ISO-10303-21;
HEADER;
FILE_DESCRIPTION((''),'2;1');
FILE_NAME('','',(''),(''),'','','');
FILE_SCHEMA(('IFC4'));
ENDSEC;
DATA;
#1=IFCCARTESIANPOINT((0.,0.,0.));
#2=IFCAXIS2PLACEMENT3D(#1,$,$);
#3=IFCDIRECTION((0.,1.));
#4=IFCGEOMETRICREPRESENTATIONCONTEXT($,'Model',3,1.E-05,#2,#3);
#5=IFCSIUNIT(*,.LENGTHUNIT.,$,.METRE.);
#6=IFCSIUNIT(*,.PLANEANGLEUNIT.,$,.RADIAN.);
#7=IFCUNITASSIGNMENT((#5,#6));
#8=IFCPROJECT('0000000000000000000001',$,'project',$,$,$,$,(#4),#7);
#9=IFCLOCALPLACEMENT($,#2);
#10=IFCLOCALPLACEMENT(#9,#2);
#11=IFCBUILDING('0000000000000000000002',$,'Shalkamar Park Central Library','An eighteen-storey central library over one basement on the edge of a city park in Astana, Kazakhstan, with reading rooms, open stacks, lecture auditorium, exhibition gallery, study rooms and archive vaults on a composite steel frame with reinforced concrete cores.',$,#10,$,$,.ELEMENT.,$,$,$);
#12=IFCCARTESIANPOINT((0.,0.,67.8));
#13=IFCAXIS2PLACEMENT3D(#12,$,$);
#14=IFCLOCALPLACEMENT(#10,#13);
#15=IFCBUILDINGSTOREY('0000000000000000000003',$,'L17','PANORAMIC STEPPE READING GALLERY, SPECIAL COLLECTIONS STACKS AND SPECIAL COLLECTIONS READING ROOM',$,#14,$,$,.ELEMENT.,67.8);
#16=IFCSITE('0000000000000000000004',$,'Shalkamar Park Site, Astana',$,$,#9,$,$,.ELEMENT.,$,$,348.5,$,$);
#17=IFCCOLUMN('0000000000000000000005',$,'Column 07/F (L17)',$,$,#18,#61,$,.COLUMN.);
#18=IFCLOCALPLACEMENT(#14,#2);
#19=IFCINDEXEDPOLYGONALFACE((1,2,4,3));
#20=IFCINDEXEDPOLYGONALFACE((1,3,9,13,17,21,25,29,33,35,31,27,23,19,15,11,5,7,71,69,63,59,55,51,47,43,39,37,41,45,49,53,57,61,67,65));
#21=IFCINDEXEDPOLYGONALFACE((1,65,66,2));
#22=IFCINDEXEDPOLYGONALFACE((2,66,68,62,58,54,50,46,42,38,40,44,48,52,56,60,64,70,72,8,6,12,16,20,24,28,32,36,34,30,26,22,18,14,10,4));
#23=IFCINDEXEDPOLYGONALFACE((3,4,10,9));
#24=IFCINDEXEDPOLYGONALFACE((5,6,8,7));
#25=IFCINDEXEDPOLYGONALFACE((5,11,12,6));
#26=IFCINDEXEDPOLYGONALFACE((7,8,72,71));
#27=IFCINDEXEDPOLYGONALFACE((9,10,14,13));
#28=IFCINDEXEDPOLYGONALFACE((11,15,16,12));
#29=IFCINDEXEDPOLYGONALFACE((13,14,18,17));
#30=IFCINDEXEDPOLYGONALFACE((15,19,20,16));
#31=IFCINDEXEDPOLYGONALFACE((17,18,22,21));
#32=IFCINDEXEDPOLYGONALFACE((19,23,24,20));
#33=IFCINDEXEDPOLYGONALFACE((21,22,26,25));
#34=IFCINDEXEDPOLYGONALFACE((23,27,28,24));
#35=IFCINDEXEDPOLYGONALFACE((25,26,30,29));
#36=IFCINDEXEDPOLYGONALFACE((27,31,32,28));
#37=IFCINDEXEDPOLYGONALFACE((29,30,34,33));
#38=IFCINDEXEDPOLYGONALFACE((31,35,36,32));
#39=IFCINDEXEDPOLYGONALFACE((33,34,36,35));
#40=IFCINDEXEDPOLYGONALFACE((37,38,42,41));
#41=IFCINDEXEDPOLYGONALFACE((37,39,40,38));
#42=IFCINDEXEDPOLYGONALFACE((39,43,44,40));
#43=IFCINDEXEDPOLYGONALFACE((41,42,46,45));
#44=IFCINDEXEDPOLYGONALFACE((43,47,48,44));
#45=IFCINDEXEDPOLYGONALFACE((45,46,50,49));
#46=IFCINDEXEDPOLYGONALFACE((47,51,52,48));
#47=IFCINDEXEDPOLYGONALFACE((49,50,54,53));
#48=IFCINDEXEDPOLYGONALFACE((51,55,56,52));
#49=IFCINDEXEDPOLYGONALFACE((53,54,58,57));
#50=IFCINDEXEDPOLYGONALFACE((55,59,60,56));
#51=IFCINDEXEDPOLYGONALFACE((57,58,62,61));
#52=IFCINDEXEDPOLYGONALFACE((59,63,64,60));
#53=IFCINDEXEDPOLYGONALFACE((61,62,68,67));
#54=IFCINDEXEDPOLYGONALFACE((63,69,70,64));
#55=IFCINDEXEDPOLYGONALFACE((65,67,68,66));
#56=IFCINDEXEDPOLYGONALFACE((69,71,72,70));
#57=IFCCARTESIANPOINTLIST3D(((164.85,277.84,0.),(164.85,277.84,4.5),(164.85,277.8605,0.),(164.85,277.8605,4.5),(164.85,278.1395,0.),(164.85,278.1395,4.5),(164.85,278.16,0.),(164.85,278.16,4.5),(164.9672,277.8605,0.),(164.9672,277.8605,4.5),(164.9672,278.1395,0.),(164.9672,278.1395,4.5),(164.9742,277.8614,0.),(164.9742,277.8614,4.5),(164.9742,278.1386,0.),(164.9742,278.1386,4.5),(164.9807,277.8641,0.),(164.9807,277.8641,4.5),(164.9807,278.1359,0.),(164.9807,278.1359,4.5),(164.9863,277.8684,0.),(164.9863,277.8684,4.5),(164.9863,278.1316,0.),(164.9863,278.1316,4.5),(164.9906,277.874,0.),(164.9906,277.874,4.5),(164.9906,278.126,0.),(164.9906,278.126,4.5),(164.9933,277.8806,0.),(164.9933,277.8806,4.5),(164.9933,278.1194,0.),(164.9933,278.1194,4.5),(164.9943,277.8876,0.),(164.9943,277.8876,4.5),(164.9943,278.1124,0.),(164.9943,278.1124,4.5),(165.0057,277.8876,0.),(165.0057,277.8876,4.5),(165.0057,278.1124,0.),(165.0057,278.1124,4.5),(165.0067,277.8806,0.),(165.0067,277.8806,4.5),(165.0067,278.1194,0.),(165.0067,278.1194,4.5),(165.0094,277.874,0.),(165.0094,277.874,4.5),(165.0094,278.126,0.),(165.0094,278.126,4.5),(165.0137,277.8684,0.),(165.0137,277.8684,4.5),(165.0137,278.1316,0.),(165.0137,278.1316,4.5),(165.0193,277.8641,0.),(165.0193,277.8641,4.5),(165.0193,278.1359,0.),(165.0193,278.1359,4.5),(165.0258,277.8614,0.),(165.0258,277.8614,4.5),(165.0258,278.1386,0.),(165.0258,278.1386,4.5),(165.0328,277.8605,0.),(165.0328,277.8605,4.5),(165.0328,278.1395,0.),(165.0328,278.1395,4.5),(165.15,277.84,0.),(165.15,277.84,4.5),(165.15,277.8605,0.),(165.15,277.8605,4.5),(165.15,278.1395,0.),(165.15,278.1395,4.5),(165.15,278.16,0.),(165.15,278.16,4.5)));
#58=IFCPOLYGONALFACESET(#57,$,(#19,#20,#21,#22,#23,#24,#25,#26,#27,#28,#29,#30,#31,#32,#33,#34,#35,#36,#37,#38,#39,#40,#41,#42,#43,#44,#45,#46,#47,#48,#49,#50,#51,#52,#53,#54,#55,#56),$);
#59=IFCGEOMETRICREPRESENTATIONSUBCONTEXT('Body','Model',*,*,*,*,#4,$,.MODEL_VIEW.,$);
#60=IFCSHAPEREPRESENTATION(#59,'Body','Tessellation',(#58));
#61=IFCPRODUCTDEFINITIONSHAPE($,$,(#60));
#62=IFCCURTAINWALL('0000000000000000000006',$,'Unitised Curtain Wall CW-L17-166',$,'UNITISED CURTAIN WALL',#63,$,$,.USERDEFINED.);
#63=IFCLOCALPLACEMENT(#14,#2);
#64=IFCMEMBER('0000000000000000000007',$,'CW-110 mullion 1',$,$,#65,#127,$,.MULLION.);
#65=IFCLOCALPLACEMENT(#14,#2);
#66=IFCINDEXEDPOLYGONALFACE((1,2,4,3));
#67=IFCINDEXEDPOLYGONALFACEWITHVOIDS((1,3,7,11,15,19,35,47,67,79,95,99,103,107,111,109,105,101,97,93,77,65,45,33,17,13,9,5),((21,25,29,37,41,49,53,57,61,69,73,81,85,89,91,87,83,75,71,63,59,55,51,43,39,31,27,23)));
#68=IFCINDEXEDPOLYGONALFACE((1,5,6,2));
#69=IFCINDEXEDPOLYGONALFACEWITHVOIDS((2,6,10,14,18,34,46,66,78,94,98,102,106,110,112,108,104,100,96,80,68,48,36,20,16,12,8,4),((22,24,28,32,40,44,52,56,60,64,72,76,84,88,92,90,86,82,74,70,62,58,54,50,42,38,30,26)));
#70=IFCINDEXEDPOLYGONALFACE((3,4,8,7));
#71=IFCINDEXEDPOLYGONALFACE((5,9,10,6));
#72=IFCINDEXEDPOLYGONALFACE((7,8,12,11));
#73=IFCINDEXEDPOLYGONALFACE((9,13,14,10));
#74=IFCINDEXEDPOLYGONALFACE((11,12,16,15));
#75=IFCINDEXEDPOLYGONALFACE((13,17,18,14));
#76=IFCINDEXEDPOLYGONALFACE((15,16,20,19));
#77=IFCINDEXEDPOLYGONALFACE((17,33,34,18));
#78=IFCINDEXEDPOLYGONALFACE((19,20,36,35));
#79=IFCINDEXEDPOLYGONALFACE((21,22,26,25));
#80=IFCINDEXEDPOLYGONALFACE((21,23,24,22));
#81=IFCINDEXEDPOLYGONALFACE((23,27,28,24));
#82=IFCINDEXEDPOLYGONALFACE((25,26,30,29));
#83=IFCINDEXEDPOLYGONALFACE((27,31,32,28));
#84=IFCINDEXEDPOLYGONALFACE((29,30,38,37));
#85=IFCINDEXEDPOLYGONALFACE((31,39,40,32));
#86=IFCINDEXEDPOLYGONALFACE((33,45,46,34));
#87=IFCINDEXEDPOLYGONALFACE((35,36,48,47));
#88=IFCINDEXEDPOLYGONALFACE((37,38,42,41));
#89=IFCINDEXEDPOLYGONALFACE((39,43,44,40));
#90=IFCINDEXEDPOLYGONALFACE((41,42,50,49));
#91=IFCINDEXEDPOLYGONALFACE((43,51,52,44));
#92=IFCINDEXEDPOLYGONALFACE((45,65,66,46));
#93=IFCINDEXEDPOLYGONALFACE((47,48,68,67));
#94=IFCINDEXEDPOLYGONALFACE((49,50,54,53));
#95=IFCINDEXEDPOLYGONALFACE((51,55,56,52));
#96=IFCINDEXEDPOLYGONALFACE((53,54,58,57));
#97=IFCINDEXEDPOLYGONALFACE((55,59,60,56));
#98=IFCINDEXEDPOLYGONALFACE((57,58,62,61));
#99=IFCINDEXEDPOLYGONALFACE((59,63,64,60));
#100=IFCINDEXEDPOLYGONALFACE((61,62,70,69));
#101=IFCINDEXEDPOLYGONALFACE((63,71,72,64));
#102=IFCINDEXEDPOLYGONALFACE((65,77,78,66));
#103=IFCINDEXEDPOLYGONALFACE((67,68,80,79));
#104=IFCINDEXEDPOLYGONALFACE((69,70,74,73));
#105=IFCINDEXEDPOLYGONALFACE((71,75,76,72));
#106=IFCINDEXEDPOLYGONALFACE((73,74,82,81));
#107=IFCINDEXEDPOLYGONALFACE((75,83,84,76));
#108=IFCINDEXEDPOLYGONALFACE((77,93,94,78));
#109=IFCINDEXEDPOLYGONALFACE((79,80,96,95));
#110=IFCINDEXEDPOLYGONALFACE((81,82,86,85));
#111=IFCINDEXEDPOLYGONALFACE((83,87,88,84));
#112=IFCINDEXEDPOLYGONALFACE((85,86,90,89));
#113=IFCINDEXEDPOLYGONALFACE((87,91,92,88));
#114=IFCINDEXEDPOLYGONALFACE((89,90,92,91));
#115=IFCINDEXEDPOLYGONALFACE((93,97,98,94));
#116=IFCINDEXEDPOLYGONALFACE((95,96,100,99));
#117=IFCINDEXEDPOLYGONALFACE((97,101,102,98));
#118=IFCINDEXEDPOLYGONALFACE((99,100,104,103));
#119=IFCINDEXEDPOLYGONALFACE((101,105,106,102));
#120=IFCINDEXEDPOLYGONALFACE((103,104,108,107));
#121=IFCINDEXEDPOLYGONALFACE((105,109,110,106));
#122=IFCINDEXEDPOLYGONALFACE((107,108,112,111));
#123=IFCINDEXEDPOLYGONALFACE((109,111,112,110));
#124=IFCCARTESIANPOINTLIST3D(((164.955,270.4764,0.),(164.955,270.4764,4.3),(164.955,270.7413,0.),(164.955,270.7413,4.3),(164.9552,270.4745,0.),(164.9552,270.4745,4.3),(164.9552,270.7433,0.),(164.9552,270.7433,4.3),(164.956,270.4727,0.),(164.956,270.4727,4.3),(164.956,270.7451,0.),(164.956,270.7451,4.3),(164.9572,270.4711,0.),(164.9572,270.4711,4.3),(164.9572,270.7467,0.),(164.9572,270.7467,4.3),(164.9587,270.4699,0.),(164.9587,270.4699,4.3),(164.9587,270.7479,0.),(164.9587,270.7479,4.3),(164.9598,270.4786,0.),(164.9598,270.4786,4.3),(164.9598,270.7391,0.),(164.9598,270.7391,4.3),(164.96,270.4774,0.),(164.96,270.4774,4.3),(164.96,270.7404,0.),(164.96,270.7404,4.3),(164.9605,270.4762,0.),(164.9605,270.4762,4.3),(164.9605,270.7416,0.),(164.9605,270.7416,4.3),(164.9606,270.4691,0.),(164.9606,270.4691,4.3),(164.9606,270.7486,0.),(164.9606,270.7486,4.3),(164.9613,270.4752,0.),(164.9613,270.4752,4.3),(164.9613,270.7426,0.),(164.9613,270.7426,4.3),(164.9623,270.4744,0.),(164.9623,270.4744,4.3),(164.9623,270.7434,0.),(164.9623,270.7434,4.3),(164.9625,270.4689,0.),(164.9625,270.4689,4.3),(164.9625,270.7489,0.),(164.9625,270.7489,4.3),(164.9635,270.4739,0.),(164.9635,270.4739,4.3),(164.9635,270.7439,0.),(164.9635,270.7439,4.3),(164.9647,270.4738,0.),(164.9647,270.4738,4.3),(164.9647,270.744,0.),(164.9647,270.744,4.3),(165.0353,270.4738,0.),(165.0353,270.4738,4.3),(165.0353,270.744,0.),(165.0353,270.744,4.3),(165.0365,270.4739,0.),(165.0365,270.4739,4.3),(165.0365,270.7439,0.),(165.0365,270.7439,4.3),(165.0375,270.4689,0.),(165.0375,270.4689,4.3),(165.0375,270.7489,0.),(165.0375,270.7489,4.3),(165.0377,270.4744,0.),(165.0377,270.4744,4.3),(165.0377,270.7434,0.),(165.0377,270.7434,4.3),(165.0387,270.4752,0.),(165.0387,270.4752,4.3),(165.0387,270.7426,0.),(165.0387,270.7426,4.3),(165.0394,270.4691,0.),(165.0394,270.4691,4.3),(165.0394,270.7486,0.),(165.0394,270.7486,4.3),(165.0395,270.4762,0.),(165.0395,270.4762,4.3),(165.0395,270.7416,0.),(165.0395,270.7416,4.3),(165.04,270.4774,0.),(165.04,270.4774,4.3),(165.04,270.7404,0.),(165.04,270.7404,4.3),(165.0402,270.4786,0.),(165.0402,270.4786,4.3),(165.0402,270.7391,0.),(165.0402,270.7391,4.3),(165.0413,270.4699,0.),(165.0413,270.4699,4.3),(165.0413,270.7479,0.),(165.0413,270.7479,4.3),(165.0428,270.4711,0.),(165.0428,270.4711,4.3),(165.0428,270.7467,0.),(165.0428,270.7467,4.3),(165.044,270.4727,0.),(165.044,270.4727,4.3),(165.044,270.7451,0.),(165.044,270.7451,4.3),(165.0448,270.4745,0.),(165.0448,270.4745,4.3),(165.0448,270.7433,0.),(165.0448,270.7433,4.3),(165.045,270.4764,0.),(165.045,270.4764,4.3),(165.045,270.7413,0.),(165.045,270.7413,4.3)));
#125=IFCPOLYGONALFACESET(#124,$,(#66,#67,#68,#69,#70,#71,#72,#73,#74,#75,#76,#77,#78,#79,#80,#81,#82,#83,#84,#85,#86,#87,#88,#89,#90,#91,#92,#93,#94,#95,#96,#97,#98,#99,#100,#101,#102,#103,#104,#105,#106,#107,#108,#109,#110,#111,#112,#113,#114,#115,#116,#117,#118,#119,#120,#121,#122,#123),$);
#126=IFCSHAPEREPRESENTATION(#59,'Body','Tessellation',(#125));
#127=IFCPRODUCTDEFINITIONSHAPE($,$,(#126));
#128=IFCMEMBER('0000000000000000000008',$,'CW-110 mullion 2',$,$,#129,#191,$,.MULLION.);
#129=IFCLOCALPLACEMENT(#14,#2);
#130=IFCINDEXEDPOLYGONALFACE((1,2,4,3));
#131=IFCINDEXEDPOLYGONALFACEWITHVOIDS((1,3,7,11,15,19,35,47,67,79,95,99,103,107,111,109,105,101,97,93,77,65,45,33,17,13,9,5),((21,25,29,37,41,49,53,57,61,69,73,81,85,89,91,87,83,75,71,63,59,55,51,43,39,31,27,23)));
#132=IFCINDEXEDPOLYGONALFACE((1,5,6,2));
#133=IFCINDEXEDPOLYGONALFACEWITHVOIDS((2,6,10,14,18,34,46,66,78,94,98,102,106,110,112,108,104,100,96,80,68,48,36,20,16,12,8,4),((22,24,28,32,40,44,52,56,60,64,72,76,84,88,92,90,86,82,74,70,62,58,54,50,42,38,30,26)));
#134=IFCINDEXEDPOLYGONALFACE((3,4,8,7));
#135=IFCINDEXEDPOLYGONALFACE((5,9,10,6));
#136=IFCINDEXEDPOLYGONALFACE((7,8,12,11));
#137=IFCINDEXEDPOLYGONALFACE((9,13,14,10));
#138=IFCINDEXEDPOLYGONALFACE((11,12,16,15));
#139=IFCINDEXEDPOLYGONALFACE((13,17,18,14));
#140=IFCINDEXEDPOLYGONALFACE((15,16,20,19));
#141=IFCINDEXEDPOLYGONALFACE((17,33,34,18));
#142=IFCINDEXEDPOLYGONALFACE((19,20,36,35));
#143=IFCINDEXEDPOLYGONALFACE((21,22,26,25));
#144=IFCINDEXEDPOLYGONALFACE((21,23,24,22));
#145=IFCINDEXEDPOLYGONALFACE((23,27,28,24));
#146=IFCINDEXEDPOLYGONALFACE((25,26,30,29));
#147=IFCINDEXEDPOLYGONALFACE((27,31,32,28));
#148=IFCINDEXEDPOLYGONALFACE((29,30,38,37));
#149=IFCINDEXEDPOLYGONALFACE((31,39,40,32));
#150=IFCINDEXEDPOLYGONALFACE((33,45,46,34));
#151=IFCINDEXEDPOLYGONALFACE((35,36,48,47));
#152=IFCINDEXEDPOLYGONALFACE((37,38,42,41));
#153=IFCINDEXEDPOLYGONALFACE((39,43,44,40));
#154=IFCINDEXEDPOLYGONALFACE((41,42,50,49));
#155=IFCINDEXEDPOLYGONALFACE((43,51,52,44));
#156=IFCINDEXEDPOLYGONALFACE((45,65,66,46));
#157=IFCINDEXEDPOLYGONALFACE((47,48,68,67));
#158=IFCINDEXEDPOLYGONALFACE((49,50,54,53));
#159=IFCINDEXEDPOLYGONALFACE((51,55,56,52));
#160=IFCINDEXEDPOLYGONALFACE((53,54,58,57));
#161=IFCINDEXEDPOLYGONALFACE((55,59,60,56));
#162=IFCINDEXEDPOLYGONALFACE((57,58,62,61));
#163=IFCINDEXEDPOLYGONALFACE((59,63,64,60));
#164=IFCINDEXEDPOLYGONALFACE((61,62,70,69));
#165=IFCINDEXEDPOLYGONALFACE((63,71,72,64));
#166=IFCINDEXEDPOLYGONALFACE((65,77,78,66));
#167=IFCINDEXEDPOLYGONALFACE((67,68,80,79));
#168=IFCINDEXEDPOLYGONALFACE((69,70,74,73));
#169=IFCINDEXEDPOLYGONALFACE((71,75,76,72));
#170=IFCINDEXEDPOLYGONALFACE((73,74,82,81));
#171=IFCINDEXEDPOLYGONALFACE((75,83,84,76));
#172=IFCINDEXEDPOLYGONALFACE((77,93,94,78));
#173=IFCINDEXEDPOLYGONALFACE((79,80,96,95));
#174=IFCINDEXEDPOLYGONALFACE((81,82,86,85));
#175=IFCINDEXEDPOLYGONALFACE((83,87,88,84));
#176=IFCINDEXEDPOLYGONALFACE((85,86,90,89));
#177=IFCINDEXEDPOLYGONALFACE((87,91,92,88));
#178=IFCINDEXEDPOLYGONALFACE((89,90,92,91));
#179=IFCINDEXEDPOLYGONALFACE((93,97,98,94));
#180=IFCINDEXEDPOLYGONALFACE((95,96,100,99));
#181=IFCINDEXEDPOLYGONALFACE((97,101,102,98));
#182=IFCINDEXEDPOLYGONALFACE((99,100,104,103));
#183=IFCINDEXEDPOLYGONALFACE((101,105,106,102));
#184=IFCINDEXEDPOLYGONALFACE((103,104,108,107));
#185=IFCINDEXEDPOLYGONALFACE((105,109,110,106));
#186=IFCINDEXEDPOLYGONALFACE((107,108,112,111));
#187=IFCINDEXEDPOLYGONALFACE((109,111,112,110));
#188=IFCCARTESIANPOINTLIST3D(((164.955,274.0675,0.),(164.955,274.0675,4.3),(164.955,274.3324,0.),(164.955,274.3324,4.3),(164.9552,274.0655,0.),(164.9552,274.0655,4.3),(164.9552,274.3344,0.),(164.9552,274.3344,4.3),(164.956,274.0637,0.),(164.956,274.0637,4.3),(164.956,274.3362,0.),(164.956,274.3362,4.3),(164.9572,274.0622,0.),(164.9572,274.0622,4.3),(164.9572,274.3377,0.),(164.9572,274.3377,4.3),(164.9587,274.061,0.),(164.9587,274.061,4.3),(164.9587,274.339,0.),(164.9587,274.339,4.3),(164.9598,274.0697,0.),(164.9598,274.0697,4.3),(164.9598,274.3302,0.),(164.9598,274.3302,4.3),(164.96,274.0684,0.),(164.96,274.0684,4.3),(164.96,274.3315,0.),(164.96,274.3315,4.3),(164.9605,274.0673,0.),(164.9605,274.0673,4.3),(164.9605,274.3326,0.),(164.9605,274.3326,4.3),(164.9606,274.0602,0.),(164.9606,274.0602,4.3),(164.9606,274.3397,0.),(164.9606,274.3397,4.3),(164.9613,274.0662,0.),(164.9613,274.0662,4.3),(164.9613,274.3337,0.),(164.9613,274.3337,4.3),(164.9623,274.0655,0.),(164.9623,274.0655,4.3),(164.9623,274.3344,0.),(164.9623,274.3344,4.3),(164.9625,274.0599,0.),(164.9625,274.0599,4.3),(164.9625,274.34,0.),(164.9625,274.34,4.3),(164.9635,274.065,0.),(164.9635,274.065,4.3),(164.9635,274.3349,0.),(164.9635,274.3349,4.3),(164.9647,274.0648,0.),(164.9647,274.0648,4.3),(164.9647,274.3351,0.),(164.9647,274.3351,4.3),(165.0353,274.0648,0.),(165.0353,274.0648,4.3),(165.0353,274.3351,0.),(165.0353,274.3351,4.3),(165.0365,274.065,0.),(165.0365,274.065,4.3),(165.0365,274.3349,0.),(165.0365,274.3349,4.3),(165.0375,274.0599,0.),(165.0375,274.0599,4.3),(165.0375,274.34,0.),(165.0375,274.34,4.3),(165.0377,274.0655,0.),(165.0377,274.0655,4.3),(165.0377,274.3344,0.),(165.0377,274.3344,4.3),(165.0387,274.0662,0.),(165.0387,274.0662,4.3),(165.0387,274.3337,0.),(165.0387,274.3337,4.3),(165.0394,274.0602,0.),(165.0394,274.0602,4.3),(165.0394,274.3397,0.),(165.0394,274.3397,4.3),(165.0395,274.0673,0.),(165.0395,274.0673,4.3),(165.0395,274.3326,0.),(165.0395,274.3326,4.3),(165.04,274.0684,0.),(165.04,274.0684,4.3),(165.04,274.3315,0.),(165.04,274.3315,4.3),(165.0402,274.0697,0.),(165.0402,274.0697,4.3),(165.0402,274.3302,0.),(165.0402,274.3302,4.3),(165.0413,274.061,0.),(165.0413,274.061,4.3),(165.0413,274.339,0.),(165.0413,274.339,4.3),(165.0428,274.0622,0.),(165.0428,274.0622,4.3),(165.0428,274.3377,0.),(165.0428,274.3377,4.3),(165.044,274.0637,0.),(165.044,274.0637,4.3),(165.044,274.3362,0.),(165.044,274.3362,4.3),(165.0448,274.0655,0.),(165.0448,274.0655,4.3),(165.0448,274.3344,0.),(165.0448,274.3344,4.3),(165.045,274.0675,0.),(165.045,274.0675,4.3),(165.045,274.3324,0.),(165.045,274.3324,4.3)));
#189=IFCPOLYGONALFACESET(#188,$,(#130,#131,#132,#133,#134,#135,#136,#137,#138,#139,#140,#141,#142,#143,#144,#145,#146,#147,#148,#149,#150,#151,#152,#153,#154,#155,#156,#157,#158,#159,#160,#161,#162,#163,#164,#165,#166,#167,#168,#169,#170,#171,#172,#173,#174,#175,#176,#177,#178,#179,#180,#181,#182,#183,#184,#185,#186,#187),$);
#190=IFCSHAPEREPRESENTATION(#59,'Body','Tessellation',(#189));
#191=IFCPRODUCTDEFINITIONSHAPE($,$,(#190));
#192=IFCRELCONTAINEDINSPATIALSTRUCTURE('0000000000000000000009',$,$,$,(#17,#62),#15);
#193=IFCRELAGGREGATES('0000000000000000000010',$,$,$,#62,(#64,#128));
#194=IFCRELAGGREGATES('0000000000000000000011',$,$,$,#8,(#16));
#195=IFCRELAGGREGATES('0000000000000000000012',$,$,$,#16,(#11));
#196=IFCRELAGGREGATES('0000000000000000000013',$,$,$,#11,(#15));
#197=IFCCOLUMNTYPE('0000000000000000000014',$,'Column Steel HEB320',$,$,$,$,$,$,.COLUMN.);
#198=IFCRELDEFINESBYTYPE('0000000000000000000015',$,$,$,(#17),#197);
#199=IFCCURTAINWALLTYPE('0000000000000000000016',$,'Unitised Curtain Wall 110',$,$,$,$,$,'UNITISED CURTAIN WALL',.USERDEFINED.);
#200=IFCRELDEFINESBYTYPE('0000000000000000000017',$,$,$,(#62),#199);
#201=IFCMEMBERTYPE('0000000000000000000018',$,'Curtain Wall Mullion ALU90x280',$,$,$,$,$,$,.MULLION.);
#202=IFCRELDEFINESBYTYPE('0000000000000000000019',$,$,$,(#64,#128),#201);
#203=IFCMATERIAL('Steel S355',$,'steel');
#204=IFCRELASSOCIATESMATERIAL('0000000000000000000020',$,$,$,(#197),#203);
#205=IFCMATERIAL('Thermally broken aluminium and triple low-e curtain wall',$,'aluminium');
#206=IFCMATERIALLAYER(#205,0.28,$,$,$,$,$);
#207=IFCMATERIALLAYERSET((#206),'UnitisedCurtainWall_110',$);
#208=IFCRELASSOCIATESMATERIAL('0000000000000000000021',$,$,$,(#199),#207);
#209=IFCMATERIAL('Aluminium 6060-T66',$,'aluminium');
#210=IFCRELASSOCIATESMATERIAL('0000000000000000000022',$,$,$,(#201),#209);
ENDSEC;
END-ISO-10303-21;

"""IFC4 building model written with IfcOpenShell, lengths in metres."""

from ifc_helpers import new_model, si_unit, direction, frame, origin, origin_2d, place, context, subcontext, project, spatial, hollow_rectangle, i_section, extrude, material, layer, layer_set, material_profile, profile_set, type_object, element, aggregate, save


model = new_model("IFC4")

# Units and contexts
model_context = context("Model", 3, precision=1e-05, world=origin(), true_north=direction((0.0, 1.0)))
body_context = subcontext(model_context, "Body", "Model", "MODEL_VIEW")
ifc_project = project(units=[si_unit("LENGTHUNIT", "METRE"), si_unit("PLANEANGLEUNIT", "RADIAN")], contexts=[model_context])

# Site, building, storey
site_placement = place(None, origin())
site = spatial("IfcSite", under=ifc_project, at=site_placement, Name="Shalkamar Park Site, Astana", CompositionType="ELEMENT", RefElevation=348.5)
building_placement = place(site_placement, origin())
building = spatial("IfcBuilding", under=site, at=building_placement, Name="Shalkamar Park Central Library", Description="An eighteen-storey central library over one basement on the edge of a city park in Astana, Kazakhstan, with reading rooms, open stacks, lecture auditorium, exhibition gallery, study rooms and archive vaults on a composite steel frame with reinforced concrete cores.", CompositionType="ELEMENT")
storey_placement = place(building_placement, frame((0.0, 0.0, 67.8)))
storey = spatial("IfcBuildingStorey", under=building, at=storey_placement, Name="L17", Description="PANORAMIC STEPPE READING GALLERY, SPECIAL COLLECTIONS STACKS AND SPECIAL COLLECTIONS READING ROOM", CompositionType="ELEMENT", Elevation=67.8)

# Column
ifc_material_1 = material(Name="Steel S355", Category="steel")
ifc_material_profile_1 = material_profile(ifc_material_1, i_section(OverallWidth=0.3, OverallDepth=0.3201, WebThickness=0.0115, FlangeThickness=0.0205, FilletRadius=0.0271, at=origin_2d()), Name="HEB 320")
ifc_profile_set_1 = profile_set([ifc_material_profile_1], Name="Steel S355")
column_type = type_object("IfcColumnType", Name="Column Steel HEB320", PredefinedType="COLUMN", material=ifc_profile_set_1)
column_placement = place(storey_placement, frame((165.0, 278.0, 0.0), z_axis=(0.0, 0.0, 1.0), x_axis=(1.0, 0.0, 0.0)))
element("IfcColumn", 1, at=column_placement, inside=storey, type_object=column_type, Name="Column 07/F (L17)", PredefinedType="COLUMN", context=body_context, shape_type="SweptSolid", body=[
    extrude(i_section(OverallWidth=0.3, OverallDepth=0.3201, WebThickness=0.0115, FlangeThickness=0.0205, FilletRadius=0.0271, at=origin_2d()), origin(), (0.0, 0.0, 1.0), 4.5),
])

# Curtain wall, members
ifc_material_2 = material(Name="Thermally broken aluminium and triple low-e curtain wall", Category="aluminium")
ifc_layer_1 = layer(ifc_material_2, 0.28)
ifc_layer_set_1 = layer_set([ifc_layer_1], Name="UnitisedCurtainWall_110")
curtain_wall_type = type_object("IfcCurtainWallType", Name="Unitised Curtain Wall 110", ElementType="UNITISED CURTAIN WALL", PredefinedType="USERDEFINED", material=ifc_layer_set_1)
curtain_wall_placement = place(storey_placement, origin())
curtain_wall = element("IfcCurtainWall", 2, at=curtain_wall_placement, inside=storey, type_object=curtain_wall_type, Name="Unitised Curtain Wall CW-L17-166", ObjectType="UNITISED CURTAIN WALL", PredefinedType="USERDEFINED")
ifc_material_3 = material(Name="Aluminium 6060-T66", Category="aluminium")
ifc_material_profile_2 = material_profile(ifc_material_3, hollow_rectangle(XDim=0.0901, YDim=0.28, WallThickness=0.0049, InnerFilletRadius=0.0049, OuterFilletRadius=0.0076, at=origin_2d()), Name="ALU 90x280x5")
ifc_profile_set_2 = profile_set([ifc_material_profile_2], Name="Aluminium 6060-T66")
member_type_1 = type_object("IfcMemberType", Name="Curtain Wall Mullion ALU90x280", PredefinedType="MULLION", material=ifc_profile_set_2)
member_1_placement = place(storey_placement, frame((165.0, 270.6089, 0.0), z_axis=(0.0, 0.0, 1.0), x_axis=(-1.0, 0.0, 0.0)))
member_1 = element("IfcMember", 3, at=member_1_placement, type_object=member_type_1, Name="CW-110 mullion 1", PredefinedType="MULLION", context=body_context, shape_type="SweptSolid", body=[
    extrude(hollow_rectangle(XDim=0.0901, YDim=0.28, WallThickness=0.0049, InnerFilletRadius=0.0049, OuterFilletRadius=0.0076, at=origin_2d()), origin(), (0.0, 0.0, 1.0), 4.3),
])
member_2_placement = place(storey_placement, frame((165.0, 274.2, 0.0), z_axis=(0.0, 0.0, 1.0), x_axis=(-1.0, 0.0, 0.0)))
member_2 = element("IfcMember", 4, at=member_2_placement, type_object=member_type_1, Name="CW-110 mullion 2", PredefinedType="MULLION", context=body_context, shape_type="SweptSolid", body=[
    extrude(hollow_rectangle(XDim=0.0901, YDim=0.28, WallThickness=0.0049, InnerFilletRadius=0.0049, OuterFilletRadius=0.0076, at=origin_2d()), origin(), (0.0, 0.0, 1.0), 4.3),
])

aggregate(curtain_wall, [member_1, member_2])

save(model, "model.ifc")
